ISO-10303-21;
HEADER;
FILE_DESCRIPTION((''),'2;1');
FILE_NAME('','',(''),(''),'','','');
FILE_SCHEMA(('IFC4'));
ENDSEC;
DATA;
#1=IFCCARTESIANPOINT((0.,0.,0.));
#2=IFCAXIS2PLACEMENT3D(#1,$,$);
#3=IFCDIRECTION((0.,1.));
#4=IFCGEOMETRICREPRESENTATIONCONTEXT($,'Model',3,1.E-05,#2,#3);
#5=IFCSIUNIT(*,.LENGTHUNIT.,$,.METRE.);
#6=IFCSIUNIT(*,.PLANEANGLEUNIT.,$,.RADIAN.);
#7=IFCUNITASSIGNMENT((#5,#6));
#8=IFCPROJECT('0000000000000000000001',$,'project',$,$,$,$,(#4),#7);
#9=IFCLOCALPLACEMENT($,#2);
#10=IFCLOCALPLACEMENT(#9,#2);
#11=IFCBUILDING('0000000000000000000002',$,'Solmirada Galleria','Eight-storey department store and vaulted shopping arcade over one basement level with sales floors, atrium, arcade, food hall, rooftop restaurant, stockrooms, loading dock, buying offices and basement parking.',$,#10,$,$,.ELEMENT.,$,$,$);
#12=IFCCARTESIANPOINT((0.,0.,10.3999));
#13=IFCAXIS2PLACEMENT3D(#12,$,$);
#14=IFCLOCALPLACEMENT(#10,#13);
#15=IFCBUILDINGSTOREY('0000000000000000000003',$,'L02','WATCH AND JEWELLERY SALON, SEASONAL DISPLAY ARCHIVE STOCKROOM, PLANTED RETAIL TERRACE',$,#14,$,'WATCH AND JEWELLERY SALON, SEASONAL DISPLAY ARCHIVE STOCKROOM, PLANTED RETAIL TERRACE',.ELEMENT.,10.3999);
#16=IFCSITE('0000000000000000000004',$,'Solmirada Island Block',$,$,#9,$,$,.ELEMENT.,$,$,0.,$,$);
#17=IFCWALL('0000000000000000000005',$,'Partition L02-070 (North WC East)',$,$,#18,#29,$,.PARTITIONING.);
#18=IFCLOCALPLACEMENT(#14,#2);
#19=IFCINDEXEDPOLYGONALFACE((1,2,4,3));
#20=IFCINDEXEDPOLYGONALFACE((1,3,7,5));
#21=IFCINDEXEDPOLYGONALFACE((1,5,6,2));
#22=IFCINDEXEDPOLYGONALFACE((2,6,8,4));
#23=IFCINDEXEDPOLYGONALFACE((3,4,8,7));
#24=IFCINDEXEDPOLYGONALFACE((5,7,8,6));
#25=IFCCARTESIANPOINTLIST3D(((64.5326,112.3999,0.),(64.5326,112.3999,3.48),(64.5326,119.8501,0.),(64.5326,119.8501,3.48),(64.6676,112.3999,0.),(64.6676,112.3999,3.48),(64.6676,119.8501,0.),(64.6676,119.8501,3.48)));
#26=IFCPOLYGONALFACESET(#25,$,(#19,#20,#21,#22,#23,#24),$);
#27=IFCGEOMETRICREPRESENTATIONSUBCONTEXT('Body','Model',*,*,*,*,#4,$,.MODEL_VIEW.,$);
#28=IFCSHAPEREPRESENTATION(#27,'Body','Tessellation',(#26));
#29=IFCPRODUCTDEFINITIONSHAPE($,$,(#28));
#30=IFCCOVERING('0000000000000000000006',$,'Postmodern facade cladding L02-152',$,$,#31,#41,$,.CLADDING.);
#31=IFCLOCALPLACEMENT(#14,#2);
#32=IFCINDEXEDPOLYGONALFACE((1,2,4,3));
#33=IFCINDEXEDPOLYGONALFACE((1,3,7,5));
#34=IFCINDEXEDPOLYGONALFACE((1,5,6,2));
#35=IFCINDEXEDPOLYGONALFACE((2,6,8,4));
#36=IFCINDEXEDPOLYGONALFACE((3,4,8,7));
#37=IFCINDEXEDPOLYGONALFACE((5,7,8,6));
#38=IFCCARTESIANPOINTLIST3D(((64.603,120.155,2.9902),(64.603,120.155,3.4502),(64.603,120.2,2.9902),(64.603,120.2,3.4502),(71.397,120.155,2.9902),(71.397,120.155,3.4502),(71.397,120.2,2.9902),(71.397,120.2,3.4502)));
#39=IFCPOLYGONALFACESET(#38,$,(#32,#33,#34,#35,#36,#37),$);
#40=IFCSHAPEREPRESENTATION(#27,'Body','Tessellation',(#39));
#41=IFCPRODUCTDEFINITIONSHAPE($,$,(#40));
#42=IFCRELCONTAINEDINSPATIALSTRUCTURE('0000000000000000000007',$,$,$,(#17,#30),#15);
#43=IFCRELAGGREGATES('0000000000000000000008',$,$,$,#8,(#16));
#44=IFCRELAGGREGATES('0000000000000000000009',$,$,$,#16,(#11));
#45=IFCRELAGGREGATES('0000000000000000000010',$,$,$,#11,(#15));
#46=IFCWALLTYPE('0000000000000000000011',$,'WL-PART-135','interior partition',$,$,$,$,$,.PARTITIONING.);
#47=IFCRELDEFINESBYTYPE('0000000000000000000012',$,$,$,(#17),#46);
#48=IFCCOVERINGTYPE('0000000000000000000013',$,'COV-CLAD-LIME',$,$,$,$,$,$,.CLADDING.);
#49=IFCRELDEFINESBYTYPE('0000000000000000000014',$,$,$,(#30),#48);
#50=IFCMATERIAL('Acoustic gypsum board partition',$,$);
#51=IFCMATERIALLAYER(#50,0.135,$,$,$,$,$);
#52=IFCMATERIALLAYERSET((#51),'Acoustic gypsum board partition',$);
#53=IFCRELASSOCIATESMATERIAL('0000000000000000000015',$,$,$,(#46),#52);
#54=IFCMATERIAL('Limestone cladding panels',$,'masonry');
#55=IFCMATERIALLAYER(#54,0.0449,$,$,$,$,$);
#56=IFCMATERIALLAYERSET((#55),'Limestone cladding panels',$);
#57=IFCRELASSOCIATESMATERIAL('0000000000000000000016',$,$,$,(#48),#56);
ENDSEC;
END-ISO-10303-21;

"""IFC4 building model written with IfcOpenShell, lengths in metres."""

from ifc_helpers import new_model, si_unit, direction, frame, frame_2d, origin, origin_2d, place, context, subcontext, project, spatial, rectangle, extrude, material, layer, layer_set, type_object, element, save


model = new_model("IFC4")

# Units and contexts
model_context = context("Model", 3, precision=1e-05, world=origin(), true_north=direction((0.0, 1.0)))
body_context = subcontext(model_context, "Body", "Model", "MODEL_VIEW")
ifc_project = project(units=[si_unit("LENGTHUNIT", "METRE"), si_unit("PLANEANGLEUNIT", "RADIAN")], contexts=[model_context])

# Site, building, storey
site_placement = place(None, origin())
site = spatial("IfcSite", under=ifc_project, at=site_placement, Name="Solmirada Island Block", CompositionType="ELEMENT", RefElevation=0.0)
building_placement = place(site_placement, origin())
building = spatial("IfcBuilding", under=site, at=building_placement, Name="Solmirada Galleria", Description="Eight-storey department store and vaulted shopping arcade over one basement level with sales floors, atrium, arcade, food hall, rooftop restaurant, stockrooms, loading dock, buying offices and basement parking.", CompositionType="ELEMENT")
storey_placement = place(building_placement, frame((0.0, 0.0, 10.3999)))
storey = spatial("IfcBuildingStorey", under=building, at=storey_placement, Name="L02", Description="WATCH AND JEWELLERY SALON, SEASONAL DISPLAY ARCHIVE STOCKROOM, PLANTED RETAIL TERRACE", LongName="WATCH AND JEWELLERY SALON, SEASONAL DISPLAY ARCHIVE STOCKROOM, PLANTED RETAIL TERRACE", CompositionType="ELEMENT", Elevation=10.3999)

# Wall
ifc_material_1 = material(Name="Acoustic gypsum board partition")
ifc_layer_1 = layer(ifc_material_1, 0.135)
ifc_layer_set_1 = layer_set([ifc_layer_1], Name="Acoustic gypsum board partition")
wall_type_1 = type_object("IfcWallType", Name="WL-PART-135", Description="interior partition", PredefinedType="PARTITIONING", material=ifc_layer_set_1)
wall_1_placement = place(storey_placement, frame((64.6001, 112.3999, 0.0), z_axis=(0.0, 0.0, 1.0), x_axis=(0.0, 1.0, 0.0)))
element("IfcWall", 1, at=wall_1_placement, inside=storey, type_object=wall_type_1, Name="Partition L02-070 (North WC East)", PredefinedType="PARTITIONING", context=body_context, shape_type="SweptSolid", body=[
    extrude(rectangle(XDim=7.4502, YDim=0.135, at=frame_2d((3.7251, 0.0))), origin(), (0.0, 0.0, 1.0), 3.48),
])

# Covering
ifc_material_2 = material(Name="Limestone cladding panels", Category="masonry")
ifc_layer_2 = layer(ifc_material_2, 0.0449)
ifc_layer_set_2 = layer_set([ifc_layer_2], Name="Limestone cladding panels")
covering_type = type_object("IfcCoveringType", Name="COV-CLAD-LIME", PredefinedType="CLADDING", material=ifc_layer_set_2)
covering_placement = place(storey_placement, frame((68.0, 120.1775, 2.9902), z_axis=(0.0, 0.0, 1.0), x_axis=(1.0, 0.0, 0.0)))
element("IfcCovering", 2, at=covering_placement, inside=storey, type_object=covering_type, Name="Postmodern facade cladding L02-152", PredefinedType="CLADDING", context=body_context, shape_type="SweptSolid", body=[
    extrude(rectangle(XDim=6.7939, YDim=0.0449, at=origin_2d()), origin(), (0.0, 0.0, 1.0), 0.46),
])

save(model, "model.ifc")
